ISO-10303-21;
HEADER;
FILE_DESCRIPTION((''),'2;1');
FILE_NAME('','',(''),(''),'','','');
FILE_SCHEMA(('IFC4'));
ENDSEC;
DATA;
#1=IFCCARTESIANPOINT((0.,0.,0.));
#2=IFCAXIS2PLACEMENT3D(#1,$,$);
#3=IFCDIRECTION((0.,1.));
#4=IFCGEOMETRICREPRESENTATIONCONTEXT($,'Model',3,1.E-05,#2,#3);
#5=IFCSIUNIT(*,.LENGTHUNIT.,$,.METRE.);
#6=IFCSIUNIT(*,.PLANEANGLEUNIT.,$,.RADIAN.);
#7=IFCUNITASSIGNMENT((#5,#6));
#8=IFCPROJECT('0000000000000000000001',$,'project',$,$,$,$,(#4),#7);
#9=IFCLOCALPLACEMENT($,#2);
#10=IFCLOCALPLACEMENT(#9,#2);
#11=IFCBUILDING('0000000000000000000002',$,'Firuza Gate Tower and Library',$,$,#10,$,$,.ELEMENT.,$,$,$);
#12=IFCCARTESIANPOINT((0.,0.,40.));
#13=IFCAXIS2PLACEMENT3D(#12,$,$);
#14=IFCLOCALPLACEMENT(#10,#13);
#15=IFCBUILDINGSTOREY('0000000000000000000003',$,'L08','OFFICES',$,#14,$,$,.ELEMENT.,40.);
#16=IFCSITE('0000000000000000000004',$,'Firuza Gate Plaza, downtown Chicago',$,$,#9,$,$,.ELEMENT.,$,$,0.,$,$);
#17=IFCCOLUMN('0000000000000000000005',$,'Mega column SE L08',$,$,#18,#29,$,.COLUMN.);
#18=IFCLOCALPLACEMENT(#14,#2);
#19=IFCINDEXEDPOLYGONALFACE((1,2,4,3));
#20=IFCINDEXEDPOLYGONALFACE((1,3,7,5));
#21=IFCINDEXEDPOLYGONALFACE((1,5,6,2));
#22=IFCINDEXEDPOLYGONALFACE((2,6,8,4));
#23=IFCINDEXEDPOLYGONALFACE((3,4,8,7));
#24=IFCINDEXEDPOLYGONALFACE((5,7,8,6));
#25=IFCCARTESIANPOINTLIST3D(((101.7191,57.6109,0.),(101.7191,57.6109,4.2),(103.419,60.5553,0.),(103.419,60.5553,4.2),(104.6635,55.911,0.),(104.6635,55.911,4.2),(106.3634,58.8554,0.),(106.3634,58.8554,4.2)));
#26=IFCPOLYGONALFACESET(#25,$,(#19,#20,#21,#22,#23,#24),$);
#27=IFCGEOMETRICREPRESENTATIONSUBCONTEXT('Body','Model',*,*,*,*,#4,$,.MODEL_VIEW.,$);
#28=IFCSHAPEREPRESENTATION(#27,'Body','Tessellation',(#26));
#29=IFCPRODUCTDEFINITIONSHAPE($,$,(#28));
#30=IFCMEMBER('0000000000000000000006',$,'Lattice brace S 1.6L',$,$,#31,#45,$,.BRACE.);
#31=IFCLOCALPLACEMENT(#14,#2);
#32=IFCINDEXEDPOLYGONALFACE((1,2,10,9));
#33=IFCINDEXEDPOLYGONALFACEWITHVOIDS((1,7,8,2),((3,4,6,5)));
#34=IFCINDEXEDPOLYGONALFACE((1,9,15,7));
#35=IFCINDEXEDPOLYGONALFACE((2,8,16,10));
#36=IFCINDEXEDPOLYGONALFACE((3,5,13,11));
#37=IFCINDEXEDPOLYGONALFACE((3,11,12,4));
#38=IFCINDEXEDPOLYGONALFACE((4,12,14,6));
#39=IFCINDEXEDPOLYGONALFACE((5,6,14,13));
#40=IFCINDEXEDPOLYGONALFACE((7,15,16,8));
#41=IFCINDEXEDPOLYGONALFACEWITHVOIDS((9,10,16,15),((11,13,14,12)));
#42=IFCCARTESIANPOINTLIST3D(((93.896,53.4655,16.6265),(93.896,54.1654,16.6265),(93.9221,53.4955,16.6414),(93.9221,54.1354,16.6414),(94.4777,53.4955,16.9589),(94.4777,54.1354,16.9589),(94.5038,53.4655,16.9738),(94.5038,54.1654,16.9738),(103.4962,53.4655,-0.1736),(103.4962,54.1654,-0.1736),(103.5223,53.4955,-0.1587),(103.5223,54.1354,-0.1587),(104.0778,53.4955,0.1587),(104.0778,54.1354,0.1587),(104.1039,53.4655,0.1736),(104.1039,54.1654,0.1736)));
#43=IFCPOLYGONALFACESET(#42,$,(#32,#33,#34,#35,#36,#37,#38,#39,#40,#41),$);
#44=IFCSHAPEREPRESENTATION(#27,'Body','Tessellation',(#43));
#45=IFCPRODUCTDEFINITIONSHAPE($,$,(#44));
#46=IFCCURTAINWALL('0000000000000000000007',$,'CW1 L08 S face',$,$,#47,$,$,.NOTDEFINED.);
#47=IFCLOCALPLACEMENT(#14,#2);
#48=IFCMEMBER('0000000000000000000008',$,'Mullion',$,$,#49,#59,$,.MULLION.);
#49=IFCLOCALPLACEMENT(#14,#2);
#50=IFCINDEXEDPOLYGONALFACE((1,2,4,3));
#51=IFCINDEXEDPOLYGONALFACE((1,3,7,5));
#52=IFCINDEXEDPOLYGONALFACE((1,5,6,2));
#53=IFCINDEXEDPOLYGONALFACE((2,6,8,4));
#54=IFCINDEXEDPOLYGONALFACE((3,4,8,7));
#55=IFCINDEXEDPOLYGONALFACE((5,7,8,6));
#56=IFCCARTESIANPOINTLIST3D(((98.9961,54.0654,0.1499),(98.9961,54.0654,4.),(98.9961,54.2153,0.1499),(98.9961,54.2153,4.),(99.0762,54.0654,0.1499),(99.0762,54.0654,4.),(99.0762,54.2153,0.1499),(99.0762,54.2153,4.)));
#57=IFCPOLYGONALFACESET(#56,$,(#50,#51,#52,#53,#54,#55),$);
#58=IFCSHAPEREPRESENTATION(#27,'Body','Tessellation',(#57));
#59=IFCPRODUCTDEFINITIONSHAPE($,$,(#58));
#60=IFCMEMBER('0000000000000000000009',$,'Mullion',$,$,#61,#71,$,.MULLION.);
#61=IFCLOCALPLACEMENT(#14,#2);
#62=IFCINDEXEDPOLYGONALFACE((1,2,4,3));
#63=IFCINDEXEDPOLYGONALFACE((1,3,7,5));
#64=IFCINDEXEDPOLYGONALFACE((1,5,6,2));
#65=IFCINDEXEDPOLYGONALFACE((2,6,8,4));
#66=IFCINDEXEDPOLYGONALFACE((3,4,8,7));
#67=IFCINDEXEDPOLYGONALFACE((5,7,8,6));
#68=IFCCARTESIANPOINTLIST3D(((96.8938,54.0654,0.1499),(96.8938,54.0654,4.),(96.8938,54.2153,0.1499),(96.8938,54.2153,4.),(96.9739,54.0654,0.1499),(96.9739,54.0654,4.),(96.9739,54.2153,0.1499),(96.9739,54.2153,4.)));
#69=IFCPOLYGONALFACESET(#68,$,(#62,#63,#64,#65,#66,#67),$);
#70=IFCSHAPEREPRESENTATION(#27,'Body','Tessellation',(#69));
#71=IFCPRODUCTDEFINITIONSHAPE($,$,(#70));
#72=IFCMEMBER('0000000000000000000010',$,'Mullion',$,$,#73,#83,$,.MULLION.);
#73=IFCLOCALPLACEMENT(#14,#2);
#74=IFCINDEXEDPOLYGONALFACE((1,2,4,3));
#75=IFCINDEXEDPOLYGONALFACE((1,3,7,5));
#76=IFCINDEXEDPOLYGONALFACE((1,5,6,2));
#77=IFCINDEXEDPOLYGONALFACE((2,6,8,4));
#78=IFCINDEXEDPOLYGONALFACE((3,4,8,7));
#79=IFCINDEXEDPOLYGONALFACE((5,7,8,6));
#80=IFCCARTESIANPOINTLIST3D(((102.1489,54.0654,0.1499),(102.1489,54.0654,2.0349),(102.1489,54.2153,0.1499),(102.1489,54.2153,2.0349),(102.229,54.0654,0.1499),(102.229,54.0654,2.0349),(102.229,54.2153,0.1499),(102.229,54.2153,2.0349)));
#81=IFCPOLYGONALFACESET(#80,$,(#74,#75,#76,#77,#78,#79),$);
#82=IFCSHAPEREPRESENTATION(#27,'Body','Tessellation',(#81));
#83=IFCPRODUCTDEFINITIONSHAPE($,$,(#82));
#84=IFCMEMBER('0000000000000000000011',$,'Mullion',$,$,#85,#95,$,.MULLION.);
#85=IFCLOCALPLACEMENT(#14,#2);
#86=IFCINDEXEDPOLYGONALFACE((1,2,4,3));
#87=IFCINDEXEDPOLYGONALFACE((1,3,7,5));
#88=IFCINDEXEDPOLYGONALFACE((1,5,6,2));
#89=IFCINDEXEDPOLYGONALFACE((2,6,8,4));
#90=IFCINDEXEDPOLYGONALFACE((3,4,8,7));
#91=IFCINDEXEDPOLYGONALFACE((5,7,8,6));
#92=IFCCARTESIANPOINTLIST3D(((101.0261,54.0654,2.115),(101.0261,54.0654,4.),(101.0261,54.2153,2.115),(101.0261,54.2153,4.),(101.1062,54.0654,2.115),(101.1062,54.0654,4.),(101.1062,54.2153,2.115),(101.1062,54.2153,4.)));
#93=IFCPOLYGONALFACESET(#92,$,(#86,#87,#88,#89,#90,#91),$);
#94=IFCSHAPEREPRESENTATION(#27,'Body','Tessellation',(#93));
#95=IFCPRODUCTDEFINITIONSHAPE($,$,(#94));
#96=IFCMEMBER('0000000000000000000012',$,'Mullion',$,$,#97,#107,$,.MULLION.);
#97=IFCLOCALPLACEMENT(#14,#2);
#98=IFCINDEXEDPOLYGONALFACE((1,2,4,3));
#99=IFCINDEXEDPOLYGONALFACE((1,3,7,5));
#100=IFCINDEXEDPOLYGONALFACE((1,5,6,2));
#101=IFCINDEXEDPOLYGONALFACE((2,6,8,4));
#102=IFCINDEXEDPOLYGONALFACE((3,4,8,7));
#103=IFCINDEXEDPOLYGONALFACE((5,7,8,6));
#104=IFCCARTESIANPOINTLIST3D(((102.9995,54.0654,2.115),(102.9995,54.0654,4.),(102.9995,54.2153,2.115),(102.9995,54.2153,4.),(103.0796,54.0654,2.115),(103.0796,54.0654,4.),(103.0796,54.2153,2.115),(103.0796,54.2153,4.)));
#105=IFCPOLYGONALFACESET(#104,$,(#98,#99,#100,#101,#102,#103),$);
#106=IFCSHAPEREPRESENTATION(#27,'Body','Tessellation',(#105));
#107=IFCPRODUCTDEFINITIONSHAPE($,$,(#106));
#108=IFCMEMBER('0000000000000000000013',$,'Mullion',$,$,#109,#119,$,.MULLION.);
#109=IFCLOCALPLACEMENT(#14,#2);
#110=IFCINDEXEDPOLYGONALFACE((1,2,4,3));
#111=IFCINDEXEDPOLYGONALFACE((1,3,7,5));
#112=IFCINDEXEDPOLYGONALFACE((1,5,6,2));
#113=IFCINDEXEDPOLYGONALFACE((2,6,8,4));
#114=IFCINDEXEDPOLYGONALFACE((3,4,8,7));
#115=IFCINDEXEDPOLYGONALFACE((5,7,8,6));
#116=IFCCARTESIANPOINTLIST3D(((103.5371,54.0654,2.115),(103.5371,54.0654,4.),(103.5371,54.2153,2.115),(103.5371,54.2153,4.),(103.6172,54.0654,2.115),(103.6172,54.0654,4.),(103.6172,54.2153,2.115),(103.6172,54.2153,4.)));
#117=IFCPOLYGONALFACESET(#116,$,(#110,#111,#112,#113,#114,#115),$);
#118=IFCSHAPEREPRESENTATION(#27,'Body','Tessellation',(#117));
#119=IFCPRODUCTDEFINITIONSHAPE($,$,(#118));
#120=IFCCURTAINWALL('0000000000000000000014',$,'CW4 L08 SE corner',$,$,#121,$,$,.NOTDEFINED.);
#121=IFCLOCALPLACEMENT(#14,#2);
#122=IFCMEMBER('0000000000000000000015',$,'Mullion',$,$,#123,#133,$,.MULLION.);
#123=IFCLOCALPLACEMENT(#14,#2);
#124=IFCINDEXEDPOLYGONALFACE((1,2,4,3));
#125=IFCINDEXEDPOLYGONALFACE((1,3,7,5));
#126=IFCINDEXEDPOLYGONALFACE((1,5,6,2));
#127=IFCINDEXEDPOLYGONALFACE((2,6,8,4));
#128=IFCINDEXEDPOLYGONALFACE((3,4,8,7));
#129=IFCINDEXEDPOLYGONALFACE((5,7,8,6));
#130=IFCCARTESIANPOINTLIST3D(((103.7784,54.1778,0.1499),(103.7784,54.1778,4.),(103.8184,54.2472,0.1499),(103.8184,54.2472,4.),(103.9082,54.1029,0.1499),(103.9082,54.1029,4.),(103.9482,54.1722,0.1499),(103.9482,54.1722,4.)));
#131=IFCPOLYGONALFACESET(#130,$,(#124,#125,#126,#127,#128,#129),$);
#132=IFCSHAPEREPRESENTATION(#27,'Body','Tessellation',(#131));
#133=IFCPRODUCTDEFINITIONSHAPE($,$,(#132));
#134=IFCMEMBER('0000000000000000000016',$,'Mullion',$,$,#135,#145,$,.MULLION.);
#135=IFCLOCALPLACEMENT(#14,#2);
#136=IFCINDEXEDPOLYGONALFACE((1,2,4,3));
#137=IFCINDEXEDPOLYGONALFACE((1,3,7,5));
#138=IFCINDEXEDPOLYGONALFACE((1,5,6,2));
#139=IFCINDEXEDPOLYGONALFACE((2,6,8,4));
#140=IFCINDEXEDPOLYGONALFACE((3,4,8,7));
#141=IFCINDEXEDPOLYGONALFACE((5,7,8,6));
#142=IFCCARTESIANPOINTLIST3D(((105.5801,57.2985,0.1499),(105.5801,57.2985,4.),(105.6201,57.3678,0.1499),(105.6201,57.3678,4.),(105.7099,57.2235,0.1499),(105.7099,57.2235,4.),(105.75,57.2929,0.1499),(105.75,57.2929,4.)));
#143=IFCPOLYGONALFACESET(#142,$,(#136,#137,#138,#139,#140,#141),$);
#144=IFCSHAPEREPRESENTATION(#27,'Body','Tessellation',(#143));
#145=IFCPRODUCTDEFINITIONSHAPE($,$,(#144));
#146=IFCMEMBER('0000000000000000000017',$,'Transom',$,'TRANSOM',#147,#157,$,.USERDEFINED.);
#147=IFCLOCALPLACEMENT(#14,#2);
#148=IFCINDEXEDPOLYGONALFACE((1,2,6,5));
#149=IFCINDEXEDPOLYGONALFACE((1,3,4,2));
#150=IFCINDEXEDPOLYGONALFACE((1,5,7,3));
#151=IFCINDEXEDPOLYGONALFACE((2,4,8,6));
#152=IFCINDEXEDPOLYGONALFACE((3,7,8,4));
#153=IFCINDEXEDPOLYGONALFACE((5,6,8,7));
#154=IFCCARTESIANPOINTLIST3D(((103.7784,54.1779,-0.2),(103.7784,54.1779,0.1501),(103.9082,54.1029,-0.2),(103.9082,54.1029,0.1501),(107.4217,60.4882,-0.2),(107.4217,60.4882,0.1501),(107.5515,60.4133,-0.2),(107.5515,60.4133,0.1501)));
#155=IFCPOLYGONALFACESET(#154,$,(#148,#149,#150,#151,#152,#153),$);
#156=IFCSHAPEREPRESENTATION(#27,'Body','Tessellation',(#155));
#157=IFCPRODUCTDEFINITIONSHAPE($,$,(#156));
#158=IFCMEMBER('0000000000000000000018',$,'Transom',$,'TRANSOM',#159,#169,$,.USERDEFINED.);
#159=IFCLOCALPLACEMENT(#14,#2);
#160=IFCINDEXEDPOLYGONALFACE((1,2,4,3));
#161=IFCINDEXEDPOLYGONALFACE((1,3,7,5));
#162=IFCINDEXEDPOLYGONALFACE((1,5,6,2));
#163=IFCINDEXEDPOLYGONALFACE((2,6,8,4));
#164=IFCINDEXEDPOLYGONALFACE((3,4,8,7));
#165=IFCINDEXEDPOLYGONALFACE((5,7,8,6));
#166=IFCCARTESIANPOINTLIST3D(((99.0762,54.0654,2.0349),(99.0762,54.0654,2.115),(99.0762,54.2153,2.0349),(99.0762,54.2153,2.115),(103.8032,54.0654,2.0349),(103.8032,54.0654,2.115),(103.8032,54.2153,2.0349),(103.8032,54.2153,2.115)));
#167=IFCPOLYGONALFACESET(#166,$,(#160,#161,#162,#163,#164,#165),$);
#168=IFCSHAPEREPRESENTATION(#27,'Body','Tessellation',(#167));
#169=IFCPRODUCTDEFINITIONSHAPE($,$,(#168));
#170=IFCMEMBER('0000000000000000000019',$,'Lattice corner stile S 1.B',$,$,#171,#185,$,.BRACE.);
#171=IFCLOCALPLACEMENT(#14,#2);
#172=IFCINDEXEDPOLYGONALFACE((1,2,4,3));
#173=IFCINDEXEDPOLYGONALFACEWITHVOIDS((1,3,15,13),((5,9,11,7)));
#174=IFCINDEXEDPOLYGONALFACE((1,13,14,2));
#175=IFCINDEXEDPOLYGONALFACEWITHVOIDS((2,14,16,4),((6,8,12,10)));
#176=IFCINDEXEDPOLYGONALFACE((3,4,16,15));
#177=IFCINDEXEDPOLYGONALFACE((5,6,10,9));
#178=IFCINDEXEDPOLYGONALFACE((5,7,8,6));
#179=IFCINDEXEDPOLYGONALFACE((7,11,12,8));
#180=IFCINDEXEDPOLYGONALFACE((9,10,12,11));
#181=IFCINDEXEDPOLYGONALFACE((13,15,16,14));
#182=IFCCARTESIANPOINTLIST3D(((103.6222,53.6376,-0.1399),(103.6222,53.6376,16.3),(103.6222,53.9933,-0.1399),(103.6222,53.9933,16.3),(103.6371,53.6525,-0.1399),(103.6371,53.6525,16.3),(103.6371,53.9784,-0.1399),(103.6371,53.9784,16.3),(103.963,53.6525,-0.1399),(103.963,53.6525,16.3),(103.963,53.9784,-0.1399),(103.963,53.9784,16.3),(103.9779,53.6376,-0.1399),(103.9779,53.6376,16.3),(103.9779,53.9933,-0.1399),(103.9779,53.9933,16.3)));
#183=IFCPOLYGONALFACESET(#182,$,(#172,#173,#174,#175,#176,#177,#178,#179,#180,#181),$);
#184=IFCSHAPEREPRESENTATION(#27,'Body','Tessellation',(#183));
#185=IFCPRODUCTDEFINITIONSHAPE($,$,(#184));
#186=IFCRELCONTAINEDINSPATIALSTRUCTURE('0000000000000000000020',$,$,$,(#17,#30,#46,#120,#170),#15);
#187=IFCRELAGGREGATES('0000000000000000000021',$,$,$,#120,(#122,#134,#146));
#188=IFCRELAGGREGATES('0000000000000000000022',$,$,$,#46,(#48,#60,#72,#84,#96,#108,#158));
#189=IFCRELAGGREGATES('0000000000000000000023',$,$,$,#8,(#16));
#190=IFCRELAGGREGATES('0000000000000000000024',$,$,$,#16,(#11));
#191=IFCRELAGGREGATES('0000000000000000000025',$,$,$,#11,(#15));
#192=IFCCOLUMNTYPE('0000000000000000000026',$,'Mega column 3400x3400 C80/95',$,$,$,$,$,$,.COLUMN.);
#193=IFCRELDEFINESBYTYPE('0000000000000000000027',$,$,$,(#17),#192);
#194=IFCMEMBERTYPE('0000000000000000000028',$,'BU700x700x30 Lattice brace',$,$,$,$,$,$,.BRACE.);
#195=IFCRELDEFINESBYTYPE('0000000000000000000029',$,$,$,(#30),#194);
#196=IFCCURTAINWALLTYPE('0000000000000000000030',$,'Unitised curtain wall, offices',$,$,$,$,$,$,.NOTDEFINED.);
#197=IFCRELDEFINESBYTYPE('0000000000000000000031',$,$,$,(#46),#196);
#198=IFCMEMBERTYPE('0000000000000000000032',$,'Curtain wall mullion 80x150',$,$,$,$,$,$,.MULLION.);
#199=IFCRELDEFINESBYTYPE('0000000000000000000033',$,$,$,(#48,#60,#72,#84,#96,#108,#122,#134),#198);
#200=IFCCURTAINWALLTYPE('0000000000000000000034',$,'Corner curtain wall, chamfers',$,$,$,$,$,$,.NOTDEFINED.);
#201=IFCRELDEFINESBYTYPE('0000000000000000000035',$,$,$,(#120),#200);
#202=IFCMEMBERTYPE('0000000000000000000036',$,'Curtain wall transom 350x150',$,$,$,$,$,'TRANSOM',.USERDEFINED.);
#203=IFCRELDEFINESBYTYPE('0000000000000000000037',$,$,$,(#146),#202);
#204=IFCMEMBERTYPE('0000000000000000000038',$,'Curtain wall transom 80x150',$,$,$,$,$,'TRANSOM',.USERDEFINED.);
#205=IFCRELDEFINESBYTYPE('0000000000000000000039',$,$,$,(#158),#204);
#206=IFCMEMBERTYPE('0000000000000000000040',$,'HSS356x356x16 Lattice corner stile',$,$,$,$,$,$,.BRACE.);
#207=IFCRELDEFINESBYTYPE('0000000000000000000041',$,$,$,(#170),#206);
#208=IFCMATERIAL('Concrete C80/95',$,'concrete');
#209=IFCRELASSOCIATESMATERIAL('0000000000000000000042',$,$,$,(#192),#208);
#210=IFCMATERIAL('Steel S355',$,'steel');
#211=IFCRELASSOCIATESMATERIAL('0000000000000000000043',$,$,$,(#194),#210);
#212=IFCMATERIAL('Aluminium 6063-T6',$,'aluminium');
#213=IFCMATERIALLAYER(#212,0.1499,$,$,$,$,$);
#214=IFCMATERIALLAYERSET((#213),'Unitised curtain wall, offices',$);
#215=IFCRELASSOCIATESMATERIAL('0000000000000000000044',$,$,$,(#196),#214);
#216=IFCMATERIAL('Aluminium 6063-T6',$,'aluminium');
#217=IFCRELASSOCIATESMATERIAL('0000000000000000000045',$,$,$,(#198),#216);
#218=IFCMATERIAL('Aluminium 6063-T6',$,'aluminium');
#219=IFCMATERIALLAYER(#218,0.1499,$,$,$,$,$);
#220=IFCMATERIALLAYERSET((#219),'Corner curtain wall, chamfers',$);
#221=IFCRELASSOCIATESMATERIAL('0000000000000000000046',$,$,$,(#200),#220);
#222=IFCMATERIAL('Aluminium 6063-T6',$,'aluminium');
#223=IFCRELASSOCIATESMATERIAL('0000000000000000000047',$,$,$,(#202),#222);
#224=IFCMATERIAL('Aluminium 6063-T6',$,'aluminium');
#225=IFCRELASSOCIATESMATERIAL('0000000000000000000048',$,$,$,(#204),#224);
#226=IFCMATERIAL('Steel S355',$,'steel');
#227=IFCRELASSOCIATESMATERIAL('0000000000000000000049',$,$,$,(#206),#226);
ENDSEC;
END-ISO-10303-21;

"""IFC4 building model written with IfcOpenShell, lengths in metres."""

from ifc_helpers import new_model, si_unit, direction, frame, origin, origin_2d, place, context, subcontext, project, spatial, rectangle, hollow_rectangle, extrude, material, layer, layer_set, material_profile, profile_set, type_object, element, aggregate, save


model = new_model("IFC4")

# Units and contexts
model_context = context("Model", 3, precision=1e-05, world=origin(), true_north=direction((0.0, 1.0)))
body_context = subcontext(model_context, "Body", "Model", "MODEL_VIEW")
ifc_project = project(units=[si_unit("LENGTHUNIT", "METRE"), si_unit("PLANEANGLEUNIT", "RADIAN")], contexts=[model_context])

# Site, building, storey
site_placement = place(None, origin())
site = spatial("IfcSite", under=ifc_project, at=site_placement, Name="Firuza Gate Plaza, downtown Chicago", CompositionType="ELEMENT", RefElevation=0.0)
building_placement = place(site_placement, origin())
building = spatial("IfcBuilding", under=site, at=building_placement, Name="Firuza Gate Tower and Library", CompositionType="ELEMENT")
storey_placement = place(building_placement, frame((0.0, 0.0, 40.0)))
storey = spatial("IfcBuildingStorey", under=building, at=storey_placement, Name="L08", Description="OFFICES", CompositionType="ELEMENT", Elevation=40.0)

# Column
ifc_material_1 = material(Name="Concrete C80/95", Category="concrete")
ifc_material_profile_1 = material_profile(ifc_material_1, rectangle(XDim=3.3999, YDim=3.3999, at=origin_2d()))
ifc_profile_set_1 = profile_set([ifc_material_profile_1], Name="Concrete C80/95")
column_type = type_object("IfcColumnType", Name="Mega column 3400x3400 C80/95", PredefinedType="COLUMN", material=ifc_profile_set_1)
column_placement = place(storey_placement, frame((104.0413, 58.2332, 0.0), z_axis=(0.0, 0.0, 1.0), x_axis=(0.5, 0.866025, 0.0)))
element("IfcColumn", 1, at=column_placement, inside=storey, type_object=column_type, Name="Mega column SE L08", PredefinedType="COLUMN", context=body_context, shape_type="SweptSolid", body=[
    extrude(rectangle(XDim=3.3999, YDim=3.3999, at=origin_2d()), origin(), (0.0, 0.0, 1.0), 4.2),
])

# Member
ifc_material_2 = material(Name="Steel S355", Category="steel")
ifc_material_profile_2 = material_profile(ifc_material_2, hollow_rectangle(XDim=0.7, YDim=0.7, WallThickness=0.03, at=origin_2d()))
ifc_profile_set_2 = profile_set([ifc_material_profile_2], Name="Steel S355")
member_type_1 = type_object("IfcMemberType", Name="BU700x700x30 Lattice brace", PredefinedType="BRACE", material=ifc_profile_set_2)
member_1_placement = place(storey_placement, frame((103.8, 53.8154, 0.0), z_axis=(-0.496142, 0.0, 0.868242), x_axis=(0.0, -1.0, 0.0)))
element("IfcMember", 2, at=member_1_placement, inside=storey, type_object=member_type_1, Name="Lattice brace S 1.6L", PredefinedType="BRACE", context=body_context, shape_type="SweptSolid", body=[
    extrude(hollow_rectangle(XDim=0.7, YDim=0.7, WallThickness=0.03, at=origin_2d()), origin(), (0.0, 0.0, 1.0), 19.3496),
])

# Curtain walls, members
ifc_material_3 = material(Name="Aluminium 6063-T6", Category="aluminium")
ifc_layer_1 = layer(ifc_material_3, 0.1499)
ifc_layer_set_1 = layer_set([ifc_layer_1], Name="Unitised curtain wall, offices")
curtain_wall_type_1 = type_object("IfcCurtainWallType", Name="Unitised curtain wall, offices", PredefinedType="NOTDEFINED", material=ifc_layer_set_1)
placement = place(storey_placement, origin())
curtain_wall_1 = element("IfcCurtainWall", 3, at=placement, inside=storey, type_object=curtain_wall_type_1, Name="CW1 L08 S face", PredefinedType="NOTDEFINED")
ifc_material_4 = material(Name="Aluminium 6063-T6", Category="aluminium")
ifc_material_profile_3 = material_profile(ifc_material_4, rectangle(XDim=0.1499, YDim=0.0801, at=origin_2d()))
ifc_profile_set_3 = profile_set([ifc_material_profile_3], Name="Aluminium 6063-T6")
member_type_2 = type_object("IfcMemberType", Name="Curtain wall mullion 80x150", PredefinedType="MULLION", material=ifc_profile_set_3)
member_2_placement = place(storey_placement, frame((99.0361, 54.1404, 0.1499), z_axis=(0.0, 0.0, 1.0), x_axis=(0.0, 1.0, 0.0)))
member_2 = element("IfcMember", 4, at=member_2_placement, type_object=member_type_2, Name="Mullion", PredefinedType="MULLION", context=body_context, shape_type="SweptSolid", body=[
    extrude(rectangle(XDim=0.1499, YDim=0.0801, at=origin_2d()), origin(), (0.0, 0.0, 1.0), 3.8501),
])
member_3_placement = place(storey_placement, frame((96.9338, 54.1404, 0.1499), z_axis=(0.0, 0.0, 1.0), x_axis=(0.0, 1.0, 0.0)))
member_3 = element("IfcMember", 5, at=member_3_placement, type_object=member_type_2, Name="Mullion", PredefinedType="MULLION", context=body_context, shape_type="SweptSolid", body=[
    extrude(rectangle(XDim=0.1499, YDim=0.0801, at=origin_2d()), origin(), (0.0, 0.0, 1.0), 3.8501),
])
member_4_placement = place(storey_placement, frame((102.189, 54.1404, 0.1499), z_axis=(0.0, 0.0, 1.0), x_axis=(0.0, 1.0, 0.0)))
member_4 = element("IfcMember", 6, at=member_4_placement, type_object=member_type_2, Name="Mullion", PredefinedType="MULLION", context=body_context, shape_type="SweptSolid", body=[
    extrude(rectangle(XDim=0.1499, YDim=0.0801, at=origin_2d()), origin(), (0.0, 0.0, 1.0), 1.885),
])
member_5_placement = place(storey_placement, frame((101.0662, 54.1404, 2.115), z_axis=(0.0, 0.0, 1.0), x_axis=(0.0, 1.0, 0.0)))
member_5 = element("IfcMember", 7, at=member_5_placement, type_object=member_type_2, Name="Mullion", PredefinedType="MULLION", context=body_context, shape_type="SweptSolid", body=[
    extrude(rectangle(XDim=0.1499, YDim=0.0801, at=origin_2d()), origin(), (0.0, 0.0, 1.0), 1.885),
])
member_6_placement = place(storey_placement, frame((103.0396, 54.1404, 2.115), z_axis=(0.0, 0.0, 1.0), x_axis=(0.0, 1.0, 0.0)))
member_6 = element("IfcMember", 8, at=member_6_placement, type_object=member_type_2, Name="Mullion", PredefinedType="MULLION", context=body_context, shape_type="SweptSolid", body=[
    extrude(rectangle(XDim=0.1499, YDim=0.0801, at=origin_2d()), origin(), (0.0, 0.0, 1.0), 1.885),
])
member_7_placement = place(storey_placement, frame((103.5771, 54.1404, 2.115), z_axis=(0.0, 0.0, 1.0), x_axis=(0.0, 1.0, 0.0)))
member_7 = element("IfcMember", 9, at=member_7_placement, type_object=member_type_2, Name="Mullion", PredefinedType="MULLION", context=body_context, shape_type="SweptSolid", body=[
    extrude(rectangle(XDim=0.1499, YDim=0.0801, at=origin_2d()), origin(), (0.0, 0.0, 1.0), 1.885),
])
ifc_material_5 = material(Name="Aluminium 6063-T6", Category="aluminium")
ifc_layer_2 = layer(ifc_material_5, 0.1499)
ifc_layer_set_2 = layer_set([ifc_layer_2], Name="Corner curtain wall, chamfers")
curtain_wall_type_2 = type_object("IfcCurtainWallType", Name="Corner curtain wall, chamfers", PredefinedType="NOTDEFINED", material=ifc_layer_set_2)
curtain_wall_2 = element("IfcCurtainWall", 10, at=placement, inside=storey, type_object=curtain_wall_type_2, Name="CW4 L08 SE corner", PredefinedType="NOTDEFINED")
member_8_placement = place(storey_placement, frame((103.8633, 54.175, 0.1499), z_axis=(0.0, 0.0, 1.0), x_axis=(-0.866025, 0.5, 0.0)))
member_8 = element("IfcMember", 11, at=member_8_placement, type_object=member_type_2, Name="Mullion", PredefinedType="MULLION", context=body_context, shape_type="SweptSolid", body=[
    extrude(rectangle(XDim=0.1499, YDim=0.0801, at=origin_2d()), origin(), (0.0, 0.0, 1.0), 3.8501),
])
member_9_placement = place(storey_placement, frame((105.665, 57.2957, 0.1499), z_axis=(0.0, 0.0, 1.0), x_axis=(-0.866025, 0.5, 0.0)))
member_9 = element("IfcMember", 12, at=member_9_placement, type_object=member_type_2, Name="Mullion", PredefinedType="MULLION", context=body_context, shape_type="SweptSolid", body=[
    extrude(rectangle(XDim=0.1499, YDim=0.0801, at=origin_2d()), origin(), (0.0, 0.0, 1.0), 3.8501),
])
ifc_material_6 = material(Name="Aluminium 6063-T6", Category="aluminium")
ifc_material_profile_4 = material_profile(ifc_material_6, rectangle(XDim=0.1499, YDim=0.3501, at=origin_2d()))
ifc_profile_set_4 = profile_set([ifc_material_profile_4], Name="Aluminium 6063-T6")
member_type_3 = type_object("IfcMemberType", Name="Curtain wall transom 350x150", ElementType="TRANSOM", PredefinedType="USERDEFINED", material=ifc_profile_set_4)
member_10_placement = place(storey_placement, frame((103.8433, 54.1404, -0.0249), z_axis=(0.500006, 0.866022, 0.0), x_axis=(-0.866022, 0.500006, 0.0)))
member_10 = element("IfcMember", 13, at=member_10_placement, type_object=member_type_3, Name="Transom", ObjectType="TRANSOM", PredefinedType="USERDEFINED", context=body_context, shape_type="SweptSolid", body=[
    extrude(rectangle(XDim=0.1499, YDim=0.3501, at=origin_2d()), origin(), (0.0, 0.0, 1.0), 7.2866),
])

# Members
ifc_material_7 = material(Name="Aluminium 6063-T6", Category="aluminium")
ifc_material_profile_5 = material_profile(ifc_material_7, rectangle(XDim=0.1499, YDim=0.0801, at=origin_2d()))
ifc_profile_set_5 = profile_set([ifc_material_profile_5], Name="Aluminium 6063-T6")
member_type_4 = type_object("IfcMemberType", Name="Curtain wall transom 80x150", ElementType="TRANSOM", PredefinedType="USERDEFINED", material=ifc_profile_set_5)
member_11_placement = place(storey_placement, frame((99.0762, 54.1404, 2.075), z_axis=(1.0, 0.0, 0.0), x_axis=(0.0, 1.0, 0.0)))
member_11 = element("IfcMember", 14, at=member_11_placement, type_object=member_type_4, Name="Transom", ObjectType="TRANSOM", PredefinedType="USERDEFINED", context=body_context, shape_type="SweptSolid", body=[
    extrude(rectangle(XDim=0.1499, YDim=0.0801, at=origin_2d()), origin(), (0.0, 0.0, 1.0), 4.7271),
])
ifc_material_8 = material(Name="Steel S355", Category="steel")
ifc_material_profile_6 = material_profile(ifc_material_8, hollow_rectangle(XDim=0.3557, YDim=0.3557, WallThickness=0.0149, at=origin_2d()))
ifc_profile_set_6 = profile_set([ifc_material_profile_6], Name="Steel S355")
member_type_5 = type_object("IfcMemberType", Name="HSS356x356x16 Lattice corner stile", PredefinedType="BRACE", material=ifc_profile_set_6)
member_12_placement = place(storey_placement, frame((103.8, 53.8154, -0.1399), z_axis=(0.0, 0.0, 1.0), x_axis=(1.0, 0.0, 0.0)))
element("IfcMember", 15, at=member_12_placement, inside=storey, type_object=member_type_5, Name="Lattice corner stile S 1.B", PredefinedType="BRACE", context=body_context, shape_type="SweptSolid", body=[
    extrude(hollow_rectangle(XDim=0.3557, YDim=0.3557, WallThickness=0.0149, at=origin_2d()), origin(), (0.0, 0.0, 1.0), 16.4399),
])

aggregate(curtain_wall_2, [member_8, member_9, member_10])
aggregate(curtain_wall_1, [member_2, member_3, member_4, member_5, member_6, member_7, member_11])

save(model, "model.ifc")
